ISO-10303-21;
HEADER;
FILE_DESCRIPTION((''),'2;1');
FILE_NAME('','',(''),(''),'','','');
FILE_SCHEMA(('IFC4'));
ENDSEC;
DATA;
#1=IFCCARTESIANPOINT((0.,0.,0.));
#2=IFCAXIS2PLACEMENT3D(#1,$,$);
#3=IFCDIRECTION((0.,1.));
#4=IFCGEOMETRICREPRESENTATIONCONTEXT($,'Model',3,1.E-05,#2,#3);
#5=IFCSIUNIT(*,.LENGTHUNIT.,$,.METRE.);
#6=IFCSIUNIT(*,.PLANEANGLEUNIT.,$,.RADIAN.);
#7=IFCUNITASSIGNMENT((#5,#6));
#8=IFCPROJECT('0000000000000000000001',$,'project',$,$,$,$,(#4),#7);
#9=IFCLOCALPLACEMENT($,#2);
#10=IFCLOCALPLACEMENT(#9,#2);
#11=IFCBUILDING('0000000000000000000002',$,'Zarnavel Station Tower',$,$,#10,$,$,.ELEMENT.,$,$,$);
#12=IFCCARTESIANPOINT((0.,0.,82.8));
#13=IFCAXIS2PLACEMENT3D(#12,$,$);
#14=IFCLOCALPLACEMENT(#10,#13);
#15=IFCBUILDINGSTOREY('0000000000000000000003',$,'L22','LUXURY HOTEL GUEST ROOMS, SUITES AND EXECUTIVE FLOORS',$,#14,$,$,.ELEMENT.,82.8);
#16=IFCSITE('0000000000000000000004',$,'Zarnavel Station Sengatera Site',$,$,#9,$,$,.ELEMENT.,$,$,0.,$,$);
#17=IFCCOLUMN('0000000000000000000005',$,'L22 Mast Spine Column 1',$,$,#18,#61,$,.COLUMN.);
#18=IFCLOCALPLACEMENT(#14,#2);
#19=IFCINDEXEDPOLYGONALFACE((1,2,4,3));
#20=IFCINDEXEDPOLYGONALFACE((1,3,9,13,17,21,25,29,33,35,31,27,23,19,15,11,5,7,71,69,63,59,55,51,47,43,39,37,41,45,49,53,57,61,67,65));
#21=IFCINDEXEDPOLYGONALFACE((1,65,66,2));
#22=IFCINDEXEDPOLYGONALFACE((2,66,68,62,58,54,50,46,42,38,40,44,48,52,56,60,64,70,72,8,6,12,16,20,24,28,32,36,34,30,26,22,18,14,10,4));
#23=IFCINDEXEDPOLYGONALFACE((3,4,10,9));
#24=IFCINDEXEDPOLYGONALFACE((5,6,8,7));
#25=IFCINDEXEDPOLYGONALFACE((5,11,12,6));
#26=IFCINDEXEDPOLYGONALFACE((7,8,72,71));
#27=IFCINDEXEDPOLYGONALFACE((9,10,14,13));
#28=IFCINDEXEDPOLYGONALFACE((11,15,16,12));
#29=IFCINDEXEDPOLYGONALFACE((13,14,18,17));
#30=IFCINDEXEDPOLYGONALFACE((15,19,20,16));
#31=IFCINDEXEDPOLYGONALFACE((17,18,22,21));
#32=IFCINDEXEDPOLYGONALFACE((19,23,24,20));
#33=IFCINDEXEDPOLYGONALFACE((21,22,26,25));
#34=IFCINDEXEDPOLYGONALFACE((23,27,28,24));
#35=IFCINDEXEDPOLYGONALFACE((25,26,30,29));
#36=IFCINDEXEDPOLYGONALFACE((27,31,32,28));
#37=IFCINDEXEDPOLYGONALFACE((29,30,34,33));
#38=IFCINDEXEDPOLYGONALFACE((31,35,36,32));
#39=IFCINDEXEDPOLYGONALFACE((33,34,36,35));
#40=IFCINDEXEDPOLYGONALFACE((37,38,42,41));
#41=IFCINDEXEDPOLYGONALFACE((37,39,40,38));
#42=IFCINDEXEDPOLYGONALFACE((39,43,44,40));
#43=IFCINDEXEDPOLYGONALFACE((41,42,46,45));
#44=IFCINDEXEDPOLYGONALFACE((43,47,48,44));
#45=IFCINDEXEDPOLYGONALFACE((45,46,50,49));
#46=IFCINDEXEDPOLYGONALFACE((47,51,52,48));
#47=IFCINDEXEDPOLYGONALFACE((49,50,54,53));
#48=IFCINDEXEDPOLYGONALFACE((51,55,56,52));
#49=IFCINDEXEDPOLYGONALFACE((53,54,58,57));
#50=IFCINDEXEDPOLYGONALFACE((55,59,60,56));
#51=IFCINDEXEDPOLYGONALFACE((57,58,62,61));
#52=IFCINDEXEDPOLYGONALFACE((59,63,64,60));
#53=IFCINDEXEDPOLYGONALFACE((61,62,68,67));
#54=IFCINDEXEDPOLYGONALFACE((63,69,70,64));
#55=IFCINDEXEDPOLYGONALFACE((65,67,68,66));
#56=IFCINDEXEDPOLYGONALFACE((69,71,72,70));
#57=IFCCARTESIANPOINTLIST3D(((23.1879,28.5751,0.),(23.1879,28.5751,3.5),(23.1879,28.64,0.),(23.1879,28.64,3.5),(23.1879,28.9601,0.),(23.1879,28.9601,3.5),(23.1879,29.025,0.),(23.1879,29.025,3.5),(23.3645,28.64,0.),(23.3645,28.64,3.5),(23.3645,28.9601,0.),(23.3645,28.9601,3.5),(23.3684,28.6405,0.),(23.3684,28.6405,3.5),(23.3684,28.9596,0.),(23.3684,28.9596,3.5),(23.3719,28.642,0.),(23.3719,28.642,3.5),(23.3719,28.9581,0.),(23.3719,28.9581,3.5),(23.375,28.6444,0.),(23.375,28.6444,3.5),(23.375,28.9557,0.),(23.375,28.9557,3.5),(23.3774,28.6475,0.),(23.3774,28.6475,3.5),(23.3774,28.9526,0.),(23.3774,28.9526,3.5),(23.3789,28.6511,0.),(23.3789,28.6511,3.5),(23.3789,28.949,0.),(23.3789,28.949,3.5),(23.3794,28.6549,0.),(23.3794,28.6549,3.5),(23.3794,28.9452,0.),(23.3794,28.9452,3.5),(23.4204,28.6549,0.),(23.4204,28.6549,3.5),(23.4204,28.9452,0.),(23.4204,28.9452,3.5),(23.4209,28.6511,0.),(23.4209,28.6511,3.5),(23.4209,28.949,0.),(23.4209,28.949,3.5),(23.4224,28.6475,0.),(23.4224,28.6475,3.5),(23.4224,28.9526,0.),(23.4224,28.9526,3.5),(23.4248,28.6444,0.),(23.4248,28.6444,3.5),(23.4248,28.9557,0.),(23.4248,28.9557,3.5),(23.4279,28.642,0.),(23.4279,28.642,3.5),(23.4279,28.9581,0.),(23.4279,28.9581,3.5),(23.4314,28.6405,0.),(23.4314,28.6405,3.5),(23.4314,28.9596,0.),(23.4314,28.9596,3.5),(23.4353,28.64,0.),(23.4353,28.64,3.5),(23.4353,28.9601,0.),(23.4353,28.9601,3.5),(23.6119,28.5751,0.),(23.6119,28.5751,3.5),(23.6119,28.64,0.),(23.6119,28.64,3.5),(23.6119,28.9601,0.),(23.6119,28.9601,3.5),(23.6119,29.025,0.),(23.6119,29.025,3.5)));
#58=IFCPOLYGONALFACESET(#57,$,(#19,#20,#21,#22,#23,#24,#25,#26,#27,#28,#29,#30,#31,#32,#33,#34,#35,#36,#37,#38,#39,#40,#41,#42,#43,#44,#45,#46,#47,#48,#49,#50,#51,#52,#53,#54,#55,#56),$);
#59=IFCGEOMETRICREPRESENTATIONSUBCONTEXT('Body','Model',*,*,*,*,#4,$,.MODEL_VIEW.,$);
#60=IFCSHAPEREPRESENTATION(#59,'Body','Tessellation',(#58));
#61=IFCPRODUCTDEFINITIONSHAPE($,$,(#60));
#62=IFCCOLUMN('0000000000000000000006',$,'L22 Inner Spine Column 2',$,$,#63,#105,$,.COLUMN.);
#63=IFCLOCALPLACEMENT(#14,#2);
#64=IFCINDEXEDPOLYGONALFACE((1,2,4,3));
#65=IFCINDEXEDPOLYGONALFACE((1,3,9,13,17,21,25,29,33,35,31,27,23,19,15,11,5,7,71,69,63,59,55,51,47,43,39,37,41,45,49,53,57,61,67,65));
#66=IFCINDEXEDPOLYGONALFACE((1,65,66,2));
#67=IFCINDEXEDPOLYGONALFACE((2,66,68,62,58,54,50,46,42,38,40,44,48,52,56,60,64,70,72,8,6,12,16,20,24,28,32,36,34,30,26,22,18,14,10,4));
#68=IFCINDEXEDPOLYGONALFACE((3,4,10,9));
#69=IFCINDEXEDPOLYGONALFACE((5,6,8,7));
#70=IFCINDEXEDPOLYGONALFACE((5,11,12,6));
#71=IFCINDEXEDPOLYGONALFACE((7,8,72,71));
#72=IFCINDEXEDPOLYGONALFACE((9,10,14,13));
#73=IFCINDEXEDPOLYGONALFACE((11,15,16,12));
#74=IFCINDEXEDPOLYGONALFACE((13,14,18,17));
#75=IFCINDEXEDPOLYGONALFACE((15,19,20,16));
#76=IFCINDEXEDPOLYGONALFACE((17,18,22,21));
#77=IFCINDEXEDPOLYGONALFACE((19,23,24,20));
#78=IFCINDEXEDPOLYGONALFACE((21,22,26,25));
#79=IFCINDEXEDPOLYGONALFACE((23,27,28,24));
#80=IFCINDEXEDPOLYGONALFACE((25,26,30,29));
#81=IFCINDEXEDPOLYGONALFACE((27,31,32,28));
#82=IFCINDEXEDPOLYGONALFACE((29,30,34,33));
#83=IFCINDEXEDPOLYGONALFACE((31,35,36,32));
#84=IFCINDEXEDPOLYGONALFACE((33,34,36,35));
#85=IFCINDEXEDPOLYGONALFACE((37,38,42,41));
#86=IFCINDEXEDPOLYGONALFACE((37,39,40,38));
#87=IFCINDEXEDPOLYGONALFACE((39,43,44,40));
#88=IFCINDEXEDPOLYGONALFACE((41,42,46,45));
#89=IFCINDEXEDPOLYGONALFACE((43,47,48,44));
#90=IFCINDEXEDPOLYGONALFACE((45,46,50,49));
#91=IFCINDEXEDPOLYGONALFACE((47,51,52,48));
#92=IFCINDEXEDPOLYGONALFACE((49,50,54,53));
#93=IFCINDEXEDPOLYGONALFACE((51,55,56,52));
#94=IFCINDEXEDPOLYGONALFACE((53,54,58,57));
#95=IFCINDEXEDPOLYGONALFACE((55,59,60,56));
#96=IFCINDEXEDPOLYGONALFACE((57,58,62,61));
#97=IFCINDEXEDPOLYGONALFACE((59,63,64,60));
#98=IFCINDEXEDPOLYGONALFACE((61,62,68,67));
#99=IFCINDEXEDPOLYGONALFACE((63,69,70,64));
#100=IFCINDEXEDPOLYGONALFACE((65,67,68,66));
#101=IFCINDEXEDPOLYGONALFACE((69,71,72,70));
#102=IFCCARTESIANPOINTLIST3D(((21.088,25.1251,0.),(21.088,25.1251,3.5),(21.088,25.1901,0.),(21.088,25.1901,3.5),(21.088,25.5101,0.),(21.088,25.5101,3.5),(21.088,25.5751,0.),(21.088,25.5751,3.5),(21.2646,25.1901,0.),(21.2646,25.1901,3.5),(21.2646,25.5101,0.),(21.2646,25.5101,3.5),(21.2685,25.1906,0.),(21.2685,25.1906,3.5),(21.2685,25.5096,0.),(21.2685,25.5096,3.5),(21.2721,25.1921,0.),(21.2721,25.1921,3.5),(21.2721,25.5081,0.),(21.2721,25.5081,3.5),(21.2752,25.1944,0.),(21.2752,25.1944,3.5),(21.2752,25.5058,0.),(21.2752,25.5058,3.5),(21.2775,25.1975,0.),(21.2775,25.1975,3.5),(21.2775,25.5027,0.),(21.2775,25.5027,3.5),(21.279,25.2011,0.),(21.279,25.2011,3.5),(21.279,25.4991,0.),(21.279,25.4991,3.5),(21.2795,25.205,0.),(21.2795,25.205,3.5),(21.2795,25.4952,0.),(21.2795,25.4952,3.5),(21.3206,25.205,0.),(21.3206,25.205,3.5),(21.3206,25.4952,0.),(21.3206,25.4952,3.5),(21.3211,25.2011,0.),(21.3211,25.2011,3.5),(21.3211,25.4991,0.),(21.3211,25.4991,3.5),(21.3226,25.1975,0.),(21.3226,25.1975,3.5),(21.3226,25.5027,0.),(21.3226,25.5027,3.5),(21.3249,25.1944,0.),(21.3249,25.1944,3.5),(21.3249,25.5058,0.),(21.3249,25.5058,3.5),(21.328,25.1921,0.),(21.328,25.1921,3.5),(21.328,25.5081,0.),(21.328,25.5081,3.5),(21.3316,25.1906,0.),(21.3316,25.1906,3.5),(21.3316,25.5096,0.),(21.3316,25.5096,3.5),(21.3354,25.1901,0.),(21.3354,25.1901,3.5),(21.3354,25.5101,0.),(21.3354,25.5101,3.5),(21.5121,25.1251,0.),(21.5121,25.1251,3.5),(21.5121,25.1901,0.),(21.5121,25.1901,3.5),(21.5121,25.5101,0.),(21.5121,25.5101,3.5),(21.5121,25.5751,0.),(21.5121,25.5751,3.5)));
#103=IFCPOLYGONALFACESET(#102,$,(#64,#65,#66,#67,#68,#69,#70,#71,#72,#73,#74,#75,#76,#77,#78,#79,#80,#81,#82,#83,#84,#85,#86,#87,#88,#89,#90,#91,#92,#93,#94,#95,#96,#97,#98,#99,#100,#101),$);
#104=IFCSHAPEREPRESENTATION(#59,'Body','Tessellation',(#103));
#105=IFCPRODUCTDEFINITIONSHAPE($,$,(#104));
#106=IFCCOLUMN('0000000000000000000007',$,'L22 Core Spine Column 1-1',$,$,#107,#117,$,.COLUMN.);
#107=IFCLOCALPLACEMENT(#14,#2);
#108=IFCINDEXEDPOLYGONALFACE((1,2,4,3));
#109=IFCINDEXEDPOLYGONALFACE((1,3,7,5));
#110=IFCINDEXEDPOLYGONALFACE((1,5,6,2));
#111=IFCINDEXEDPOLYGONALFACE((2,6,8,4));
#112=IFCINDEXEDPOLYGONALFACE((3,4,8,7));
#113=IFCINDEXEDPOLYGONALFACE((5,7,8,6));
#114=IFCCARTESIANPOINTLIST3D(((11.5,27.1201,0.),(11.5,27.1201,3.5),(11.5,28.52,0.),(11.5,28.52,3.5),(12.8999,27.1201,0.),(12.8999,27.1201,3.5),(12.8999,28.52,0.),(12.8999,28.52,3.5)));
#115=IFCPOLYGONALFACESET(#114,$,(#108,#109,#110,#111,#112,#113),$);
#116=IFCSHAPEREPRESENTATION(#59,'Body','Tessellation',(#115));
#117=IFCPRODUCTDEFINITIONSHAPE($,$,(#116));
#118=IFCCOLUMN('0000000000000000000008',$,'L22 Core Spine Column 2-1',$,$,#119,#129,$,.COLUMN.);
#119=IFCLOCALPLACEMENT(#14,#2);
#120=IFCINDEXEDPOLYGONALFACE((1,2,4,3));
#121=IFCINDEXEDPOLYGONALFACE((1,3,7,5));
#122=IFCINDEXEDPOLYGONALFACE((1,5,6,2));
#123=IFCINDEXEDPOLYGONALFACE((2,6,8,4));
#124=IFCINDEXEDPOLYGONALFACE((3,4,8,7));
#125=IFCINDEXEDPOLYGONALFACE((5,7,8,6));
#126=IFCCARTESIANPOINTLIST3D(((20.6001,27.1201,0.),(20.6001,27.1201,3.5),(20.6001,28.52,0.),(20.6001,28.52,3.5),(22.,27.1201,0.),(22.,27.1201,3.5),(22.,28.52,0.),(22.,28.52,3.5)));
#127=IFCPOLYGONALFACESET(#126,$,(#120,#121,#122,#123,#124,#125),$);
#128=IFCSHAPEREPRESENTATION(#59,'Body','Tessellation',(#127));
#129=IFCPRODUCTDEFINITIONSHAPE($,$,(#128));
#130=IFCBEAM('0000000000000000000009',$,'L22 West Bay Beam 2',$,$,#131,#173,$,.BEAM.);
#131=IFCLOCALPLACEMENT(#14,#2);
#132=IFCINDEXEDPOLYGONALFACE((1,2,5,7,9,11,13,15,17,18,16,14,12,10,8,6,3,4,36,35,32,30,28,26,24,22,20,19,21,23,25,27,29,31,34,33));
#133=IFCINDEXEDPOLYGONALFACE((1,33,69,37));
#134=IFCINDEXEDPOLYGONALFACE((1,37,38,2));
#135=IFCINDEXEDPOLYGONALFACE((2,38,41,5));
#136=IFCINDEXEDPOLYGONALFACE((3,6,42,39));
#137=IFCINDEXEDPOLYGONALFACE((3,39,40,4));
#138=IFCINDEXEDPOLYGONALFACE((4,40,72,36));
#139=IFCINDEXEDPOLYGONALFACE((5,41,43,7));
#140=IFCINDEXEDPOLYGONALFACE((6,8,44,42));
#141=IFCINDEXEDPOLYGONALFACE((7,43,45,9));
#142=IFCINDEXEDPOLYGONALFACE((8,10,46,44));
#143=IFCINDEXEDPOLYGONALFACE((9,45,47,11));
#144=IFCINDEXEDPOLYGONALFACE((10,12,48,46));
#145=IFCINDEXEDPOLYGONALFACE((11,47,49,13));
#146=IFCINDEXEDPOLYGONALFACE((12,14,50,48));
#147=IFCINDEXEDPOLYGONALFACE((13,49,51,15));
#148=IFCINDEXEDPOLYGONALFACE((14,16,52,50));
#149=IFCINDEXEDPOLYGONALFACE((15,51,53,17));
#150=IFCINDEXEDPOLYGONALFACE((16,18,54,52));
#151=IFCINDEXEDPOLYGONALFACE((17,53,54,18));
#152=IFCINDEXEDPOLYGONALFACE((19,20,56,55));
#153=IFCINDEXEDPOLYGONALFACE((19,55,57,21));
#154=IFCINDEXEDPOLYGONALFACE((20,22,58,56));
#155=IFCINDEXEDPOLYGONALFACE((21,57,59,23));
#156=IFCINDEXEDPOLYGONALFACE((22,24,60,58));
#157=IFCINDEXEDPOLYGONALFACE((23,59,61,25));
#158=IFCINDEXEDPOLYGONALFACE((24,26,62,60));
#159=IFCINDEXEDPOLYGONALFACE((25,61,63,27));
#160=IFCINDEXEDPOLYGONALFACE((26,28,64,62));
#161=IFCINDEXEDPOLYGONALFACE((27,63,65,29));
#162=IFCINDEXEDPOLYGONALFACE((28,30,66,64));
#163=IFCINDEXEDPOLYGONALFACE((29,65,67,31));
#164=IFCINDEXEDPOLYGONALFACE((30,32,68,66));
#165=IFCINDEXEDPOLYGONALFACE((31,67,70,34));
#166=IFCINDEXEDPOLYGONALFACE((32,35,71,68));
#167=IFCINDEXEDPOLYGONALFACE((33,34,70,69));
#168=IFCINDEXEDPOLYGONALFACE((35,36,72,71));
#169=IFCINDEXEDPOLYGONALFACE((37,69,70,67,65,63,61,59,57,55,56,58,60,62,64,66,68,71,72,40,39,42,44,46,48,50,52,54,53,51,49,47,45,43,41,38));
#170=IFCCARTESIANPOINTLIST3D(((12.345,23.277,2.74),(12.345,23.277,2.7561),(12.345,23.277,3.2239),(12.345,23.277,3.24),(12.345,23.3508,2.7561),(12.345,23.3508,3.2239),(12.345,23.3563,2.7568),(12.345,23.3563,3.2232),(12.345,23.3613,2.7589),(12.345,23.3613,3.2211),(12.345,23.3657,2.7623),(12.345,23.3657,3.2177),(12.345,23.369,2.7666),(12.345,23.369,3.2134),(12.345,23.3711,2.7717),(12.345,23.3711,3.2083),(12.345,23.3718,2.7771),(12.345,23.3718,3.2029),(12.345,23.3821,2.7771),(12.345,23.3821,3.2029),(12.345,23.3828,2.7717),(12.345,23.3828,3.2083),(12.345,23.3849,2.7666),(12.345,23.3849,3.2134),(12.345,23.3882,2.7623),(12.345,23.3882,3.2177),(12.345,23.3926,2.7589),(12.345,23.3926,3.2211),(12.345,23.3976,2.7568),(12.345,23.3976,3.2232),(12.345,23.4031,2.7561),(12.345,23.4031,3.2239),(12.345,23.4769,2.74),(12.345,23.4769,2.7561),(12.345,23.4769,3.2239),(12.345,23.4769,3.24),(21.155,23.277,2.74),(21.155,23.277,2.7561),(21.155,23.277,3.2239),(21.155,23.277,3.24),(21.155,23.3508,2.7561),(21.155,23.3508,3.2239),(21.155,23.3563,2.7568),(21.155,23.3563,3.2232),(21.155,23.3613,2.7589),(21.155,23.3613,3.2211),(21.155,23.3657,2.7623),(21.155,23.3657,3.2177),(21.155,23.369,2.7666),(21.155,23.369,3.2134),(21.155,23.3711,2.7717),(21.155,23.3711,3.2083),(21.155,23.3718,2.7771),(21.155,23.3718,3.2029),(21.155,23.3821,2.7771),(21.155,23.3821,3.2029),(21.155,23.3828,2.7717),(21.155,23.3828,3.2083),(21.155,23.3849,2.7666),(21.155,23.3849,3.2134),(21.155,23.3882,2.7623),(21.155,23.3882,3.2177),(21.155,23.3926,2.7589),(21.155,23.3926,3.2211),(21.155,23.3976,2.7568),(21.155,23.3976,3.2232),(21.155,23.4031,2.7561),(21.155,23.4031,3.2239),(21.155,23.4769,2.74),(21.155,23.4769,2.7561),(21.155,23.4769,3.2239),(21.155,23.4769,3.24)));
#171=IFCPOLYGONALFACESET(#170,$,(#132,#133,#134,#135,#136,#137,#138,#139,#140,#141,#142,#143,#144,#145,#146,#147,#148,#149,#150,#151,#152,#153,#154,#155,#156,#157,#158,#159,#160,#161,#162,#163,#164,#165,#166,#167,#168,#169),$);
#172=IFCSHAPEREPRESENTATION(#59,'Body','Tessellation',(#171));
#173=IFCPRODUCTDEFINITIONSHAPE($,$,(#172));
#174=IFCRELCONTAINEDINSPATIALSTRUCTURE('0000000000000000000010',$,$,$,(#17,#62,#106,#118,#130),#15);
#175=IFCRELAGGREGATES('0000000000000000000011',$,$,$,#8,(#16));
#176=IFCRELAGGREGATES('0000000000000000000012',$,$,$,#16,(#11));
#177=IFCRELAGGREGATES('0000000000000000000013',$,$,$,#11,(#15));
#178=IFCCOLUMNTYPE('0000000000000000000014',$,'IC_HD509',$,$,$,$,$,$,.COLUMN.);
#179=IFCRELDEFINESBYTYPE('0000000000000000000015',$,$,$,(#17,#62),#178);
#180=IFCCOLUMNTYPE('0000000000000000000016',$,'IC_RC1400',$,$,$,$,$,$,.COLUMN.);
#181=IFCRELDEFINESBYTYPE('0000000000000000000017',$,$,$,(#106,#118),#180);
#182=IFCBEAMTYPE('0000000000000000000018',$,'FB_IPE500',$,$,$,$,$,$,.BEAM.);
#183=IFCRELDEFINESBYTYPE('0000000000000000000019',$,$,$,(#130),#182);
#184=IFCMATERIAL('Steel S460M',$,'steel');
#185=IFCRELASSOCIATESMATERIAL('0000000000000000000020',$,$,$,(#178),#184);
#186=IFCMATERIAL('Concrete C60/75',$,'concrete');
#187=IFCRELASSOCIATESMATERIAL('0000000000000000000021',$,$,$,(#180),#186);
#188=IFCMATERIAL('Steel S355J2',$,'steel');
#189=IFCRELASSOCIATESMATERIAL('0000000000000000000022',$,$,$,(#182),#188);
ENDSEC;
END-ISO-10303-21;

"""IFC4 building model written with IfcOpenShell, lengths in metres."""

from ifc_helpers import new_model, si_unit, direction, frame, origin, origin_2d, place, context, subcontext, project, spatial, rectangle, i_section, extrude, material, material_profile, profile_set, type_object, element, save


model = new_model("IFC4")

# Units and contexts
model_context = context("Model", 3, precision=1e-05, world=origin(), true_north=direction((0.0, 1.0)))
body_context = subcontext(model_context, "Body", "Model", "MODEL_VIEW")
ifc_project = project(units=[si_unit("LENGTHUNIT", "METRE"), si_unit("PLANEANGLEUNIT", "RADIAN")], contexts=[model_context])

# Site, building, storey
site_placement = place(None, origin())
site = spatial("IfcSite", under=ifc_project, at=site_placement, Name="Zarnavel Station Sengatera Site", CompositionType="ELEMENT", RefElevation=0.0)
building_placement = place(site_placement, origin())
building = spatial("IfcBuilding", under=site, at=building_placement, Name="Zarnavel Station Tower", CompositionType="ELEMENT")
storey_placement = place(building_placement, frame((0.0, 0.0, 82.8)))
storey = spatial("IfcBuildingStorey", under=building, at=storey_placement, Name="L22", Description="LUXURY HOTEL GUEST ROOMS, SUITES AND EXECUTIVE FLOORS", CompositionType="ELEMENT", Elevation=82.8)

# Columns
ifc_material_1 = material(Name="Steel S460M", Category="steel")
ifc_material_profile_1 = material_profile(ifc_material_1, i_section(OverallWidth=0.4241, OverallDepth=0.45, WebThickness=0.041, FlangeThickness=0.0649, FilletRadius=0.0149, at=origin_2d()), Name="HD400x509")
ifc_profile_set_1 = profile_set([ifc_material_profile_1], Name="Steel S460M")
column_type_1 = type_object("IfcColumnType", Name="IC_HD509", PredefinedType="COLUMN", material=ifc_profile_set_1)
for number, where, z_axis, x_axis, name in (
    (1, (23.3999, 28.8, 0.0), (0.0, 0.0, 1.0), (1.0, 0.0, 0.0), "L22 Mast Spine Column 1"),
    (2, (21.3, 25.3501, 0.0), (0.0, 0.0, 1.0), (1.0, 0.0, 0.0), "L22 Inner Spine Column 2"),
):
    element("IfcColumn", number, at=place(storey_placement, frame(where, z_axis=z_axis, x_axis=x_axis)), inside=storey, type_object=column_type_1, Name=name, PredefinedType="COLUMN", context=body_context, shape_type="SweptSolid", body=[
        extrude(i_section(OverallWidth=0.4241, OverallDepth=0.45, WebThickness=0.041, FlangeThickness=0.0649, FilletRadius=0.0149, at=origin_2d()), origin(), (0.0, 0.0, 1.0), 3.5),
    ])
ifc_material_2 = material(Name="Concrete C60/75", Category="concrete")
ifc_material_profile_2 = material_profile(ifc_material_2, rectangle(XDim=1.3999, YDim=1.3999, at=origin_2d()), Name="RC1400x1400")
ifc_profile_set_2 = profile_set([ifc_material_profile_2], Name="Concrete C60/75")
column_type_2 = type_object("IfcColumnType", Name="IC_RC1400", PredefinedType="COLUMN", material=ifc_profile_set_2)
for number, where, z_axis, x_axis, name in (
    (3, (12.2, 27.8201, 0.0), (0.0, 0.0, 1.0), (1.0, 0.0, 0.0), "L22 Core Spine Column 1-1"),
    (4, (21.3, 27.8201, 0.0), (0.0, 0.0, 1.0), (1.0, 0.0, 0.0), "L22 Core Spine Column 2-1"),
):
    element("IfcColumn", number, at=place(storey_placement, frame(where, z_axis=z_axis, x_axis=x_axis)), inside=storey, type_object=column_type_2, Name=name, PredefinedType="COLUMN", context=body_context, shape_type="SweptSolid", body=[
        extrude(rectangle(XDim=1.3999, YDim=1.3999, at=origin_2d()), origin(), (0.0, 0.0, 1.0), 3.5),
    ])

# Beam
ifc_material_3 = material(Name="Steel S355J2", Category="steel")
ifc_material_profile_3 = material_profile(ifc_material_3, i_section(OverallWidth=0.2, OverallDepth=0.5, WebThickness=0.0103, FlangeThickness=0.0161, FilletRadius=0.021, at=origin_2d()), Name="IPE500")
ifc_profile_set_3 = profile_set([ifc_material_profile_3], Name="Steel S355J2")
beam_type_1 = type_object("IfcBeamType", Name="FB_IPE500", PredefinedType="BEAM", material=ifc_profile_set_3)
beam_1_placement = place(storey_placement, frame((12.345, 23.377, 2.99), z_axis=(1.0, 0.0, 0.0), x_axis=(0.0, 1.0, 0.0)))
element("IfcBeam", 5, at=beam_1_placement, inside=storey, type_object=beam_type_1, Name="L22 West Bay Beam 2", PredefinedType="BEAM", context=body_context, shape_type="SweptSolid", body=[
    extrude(i_section(OverallWidth=0.2, OverallDepth=0.5, WebThickness=0.0103, FlangeThickness=0.0161, FilletRadius=0.021, at=origin_2d()), origin(), (0.0, 0.0, 1.0), 8.8101),
])

save(model, "model.ifc")
